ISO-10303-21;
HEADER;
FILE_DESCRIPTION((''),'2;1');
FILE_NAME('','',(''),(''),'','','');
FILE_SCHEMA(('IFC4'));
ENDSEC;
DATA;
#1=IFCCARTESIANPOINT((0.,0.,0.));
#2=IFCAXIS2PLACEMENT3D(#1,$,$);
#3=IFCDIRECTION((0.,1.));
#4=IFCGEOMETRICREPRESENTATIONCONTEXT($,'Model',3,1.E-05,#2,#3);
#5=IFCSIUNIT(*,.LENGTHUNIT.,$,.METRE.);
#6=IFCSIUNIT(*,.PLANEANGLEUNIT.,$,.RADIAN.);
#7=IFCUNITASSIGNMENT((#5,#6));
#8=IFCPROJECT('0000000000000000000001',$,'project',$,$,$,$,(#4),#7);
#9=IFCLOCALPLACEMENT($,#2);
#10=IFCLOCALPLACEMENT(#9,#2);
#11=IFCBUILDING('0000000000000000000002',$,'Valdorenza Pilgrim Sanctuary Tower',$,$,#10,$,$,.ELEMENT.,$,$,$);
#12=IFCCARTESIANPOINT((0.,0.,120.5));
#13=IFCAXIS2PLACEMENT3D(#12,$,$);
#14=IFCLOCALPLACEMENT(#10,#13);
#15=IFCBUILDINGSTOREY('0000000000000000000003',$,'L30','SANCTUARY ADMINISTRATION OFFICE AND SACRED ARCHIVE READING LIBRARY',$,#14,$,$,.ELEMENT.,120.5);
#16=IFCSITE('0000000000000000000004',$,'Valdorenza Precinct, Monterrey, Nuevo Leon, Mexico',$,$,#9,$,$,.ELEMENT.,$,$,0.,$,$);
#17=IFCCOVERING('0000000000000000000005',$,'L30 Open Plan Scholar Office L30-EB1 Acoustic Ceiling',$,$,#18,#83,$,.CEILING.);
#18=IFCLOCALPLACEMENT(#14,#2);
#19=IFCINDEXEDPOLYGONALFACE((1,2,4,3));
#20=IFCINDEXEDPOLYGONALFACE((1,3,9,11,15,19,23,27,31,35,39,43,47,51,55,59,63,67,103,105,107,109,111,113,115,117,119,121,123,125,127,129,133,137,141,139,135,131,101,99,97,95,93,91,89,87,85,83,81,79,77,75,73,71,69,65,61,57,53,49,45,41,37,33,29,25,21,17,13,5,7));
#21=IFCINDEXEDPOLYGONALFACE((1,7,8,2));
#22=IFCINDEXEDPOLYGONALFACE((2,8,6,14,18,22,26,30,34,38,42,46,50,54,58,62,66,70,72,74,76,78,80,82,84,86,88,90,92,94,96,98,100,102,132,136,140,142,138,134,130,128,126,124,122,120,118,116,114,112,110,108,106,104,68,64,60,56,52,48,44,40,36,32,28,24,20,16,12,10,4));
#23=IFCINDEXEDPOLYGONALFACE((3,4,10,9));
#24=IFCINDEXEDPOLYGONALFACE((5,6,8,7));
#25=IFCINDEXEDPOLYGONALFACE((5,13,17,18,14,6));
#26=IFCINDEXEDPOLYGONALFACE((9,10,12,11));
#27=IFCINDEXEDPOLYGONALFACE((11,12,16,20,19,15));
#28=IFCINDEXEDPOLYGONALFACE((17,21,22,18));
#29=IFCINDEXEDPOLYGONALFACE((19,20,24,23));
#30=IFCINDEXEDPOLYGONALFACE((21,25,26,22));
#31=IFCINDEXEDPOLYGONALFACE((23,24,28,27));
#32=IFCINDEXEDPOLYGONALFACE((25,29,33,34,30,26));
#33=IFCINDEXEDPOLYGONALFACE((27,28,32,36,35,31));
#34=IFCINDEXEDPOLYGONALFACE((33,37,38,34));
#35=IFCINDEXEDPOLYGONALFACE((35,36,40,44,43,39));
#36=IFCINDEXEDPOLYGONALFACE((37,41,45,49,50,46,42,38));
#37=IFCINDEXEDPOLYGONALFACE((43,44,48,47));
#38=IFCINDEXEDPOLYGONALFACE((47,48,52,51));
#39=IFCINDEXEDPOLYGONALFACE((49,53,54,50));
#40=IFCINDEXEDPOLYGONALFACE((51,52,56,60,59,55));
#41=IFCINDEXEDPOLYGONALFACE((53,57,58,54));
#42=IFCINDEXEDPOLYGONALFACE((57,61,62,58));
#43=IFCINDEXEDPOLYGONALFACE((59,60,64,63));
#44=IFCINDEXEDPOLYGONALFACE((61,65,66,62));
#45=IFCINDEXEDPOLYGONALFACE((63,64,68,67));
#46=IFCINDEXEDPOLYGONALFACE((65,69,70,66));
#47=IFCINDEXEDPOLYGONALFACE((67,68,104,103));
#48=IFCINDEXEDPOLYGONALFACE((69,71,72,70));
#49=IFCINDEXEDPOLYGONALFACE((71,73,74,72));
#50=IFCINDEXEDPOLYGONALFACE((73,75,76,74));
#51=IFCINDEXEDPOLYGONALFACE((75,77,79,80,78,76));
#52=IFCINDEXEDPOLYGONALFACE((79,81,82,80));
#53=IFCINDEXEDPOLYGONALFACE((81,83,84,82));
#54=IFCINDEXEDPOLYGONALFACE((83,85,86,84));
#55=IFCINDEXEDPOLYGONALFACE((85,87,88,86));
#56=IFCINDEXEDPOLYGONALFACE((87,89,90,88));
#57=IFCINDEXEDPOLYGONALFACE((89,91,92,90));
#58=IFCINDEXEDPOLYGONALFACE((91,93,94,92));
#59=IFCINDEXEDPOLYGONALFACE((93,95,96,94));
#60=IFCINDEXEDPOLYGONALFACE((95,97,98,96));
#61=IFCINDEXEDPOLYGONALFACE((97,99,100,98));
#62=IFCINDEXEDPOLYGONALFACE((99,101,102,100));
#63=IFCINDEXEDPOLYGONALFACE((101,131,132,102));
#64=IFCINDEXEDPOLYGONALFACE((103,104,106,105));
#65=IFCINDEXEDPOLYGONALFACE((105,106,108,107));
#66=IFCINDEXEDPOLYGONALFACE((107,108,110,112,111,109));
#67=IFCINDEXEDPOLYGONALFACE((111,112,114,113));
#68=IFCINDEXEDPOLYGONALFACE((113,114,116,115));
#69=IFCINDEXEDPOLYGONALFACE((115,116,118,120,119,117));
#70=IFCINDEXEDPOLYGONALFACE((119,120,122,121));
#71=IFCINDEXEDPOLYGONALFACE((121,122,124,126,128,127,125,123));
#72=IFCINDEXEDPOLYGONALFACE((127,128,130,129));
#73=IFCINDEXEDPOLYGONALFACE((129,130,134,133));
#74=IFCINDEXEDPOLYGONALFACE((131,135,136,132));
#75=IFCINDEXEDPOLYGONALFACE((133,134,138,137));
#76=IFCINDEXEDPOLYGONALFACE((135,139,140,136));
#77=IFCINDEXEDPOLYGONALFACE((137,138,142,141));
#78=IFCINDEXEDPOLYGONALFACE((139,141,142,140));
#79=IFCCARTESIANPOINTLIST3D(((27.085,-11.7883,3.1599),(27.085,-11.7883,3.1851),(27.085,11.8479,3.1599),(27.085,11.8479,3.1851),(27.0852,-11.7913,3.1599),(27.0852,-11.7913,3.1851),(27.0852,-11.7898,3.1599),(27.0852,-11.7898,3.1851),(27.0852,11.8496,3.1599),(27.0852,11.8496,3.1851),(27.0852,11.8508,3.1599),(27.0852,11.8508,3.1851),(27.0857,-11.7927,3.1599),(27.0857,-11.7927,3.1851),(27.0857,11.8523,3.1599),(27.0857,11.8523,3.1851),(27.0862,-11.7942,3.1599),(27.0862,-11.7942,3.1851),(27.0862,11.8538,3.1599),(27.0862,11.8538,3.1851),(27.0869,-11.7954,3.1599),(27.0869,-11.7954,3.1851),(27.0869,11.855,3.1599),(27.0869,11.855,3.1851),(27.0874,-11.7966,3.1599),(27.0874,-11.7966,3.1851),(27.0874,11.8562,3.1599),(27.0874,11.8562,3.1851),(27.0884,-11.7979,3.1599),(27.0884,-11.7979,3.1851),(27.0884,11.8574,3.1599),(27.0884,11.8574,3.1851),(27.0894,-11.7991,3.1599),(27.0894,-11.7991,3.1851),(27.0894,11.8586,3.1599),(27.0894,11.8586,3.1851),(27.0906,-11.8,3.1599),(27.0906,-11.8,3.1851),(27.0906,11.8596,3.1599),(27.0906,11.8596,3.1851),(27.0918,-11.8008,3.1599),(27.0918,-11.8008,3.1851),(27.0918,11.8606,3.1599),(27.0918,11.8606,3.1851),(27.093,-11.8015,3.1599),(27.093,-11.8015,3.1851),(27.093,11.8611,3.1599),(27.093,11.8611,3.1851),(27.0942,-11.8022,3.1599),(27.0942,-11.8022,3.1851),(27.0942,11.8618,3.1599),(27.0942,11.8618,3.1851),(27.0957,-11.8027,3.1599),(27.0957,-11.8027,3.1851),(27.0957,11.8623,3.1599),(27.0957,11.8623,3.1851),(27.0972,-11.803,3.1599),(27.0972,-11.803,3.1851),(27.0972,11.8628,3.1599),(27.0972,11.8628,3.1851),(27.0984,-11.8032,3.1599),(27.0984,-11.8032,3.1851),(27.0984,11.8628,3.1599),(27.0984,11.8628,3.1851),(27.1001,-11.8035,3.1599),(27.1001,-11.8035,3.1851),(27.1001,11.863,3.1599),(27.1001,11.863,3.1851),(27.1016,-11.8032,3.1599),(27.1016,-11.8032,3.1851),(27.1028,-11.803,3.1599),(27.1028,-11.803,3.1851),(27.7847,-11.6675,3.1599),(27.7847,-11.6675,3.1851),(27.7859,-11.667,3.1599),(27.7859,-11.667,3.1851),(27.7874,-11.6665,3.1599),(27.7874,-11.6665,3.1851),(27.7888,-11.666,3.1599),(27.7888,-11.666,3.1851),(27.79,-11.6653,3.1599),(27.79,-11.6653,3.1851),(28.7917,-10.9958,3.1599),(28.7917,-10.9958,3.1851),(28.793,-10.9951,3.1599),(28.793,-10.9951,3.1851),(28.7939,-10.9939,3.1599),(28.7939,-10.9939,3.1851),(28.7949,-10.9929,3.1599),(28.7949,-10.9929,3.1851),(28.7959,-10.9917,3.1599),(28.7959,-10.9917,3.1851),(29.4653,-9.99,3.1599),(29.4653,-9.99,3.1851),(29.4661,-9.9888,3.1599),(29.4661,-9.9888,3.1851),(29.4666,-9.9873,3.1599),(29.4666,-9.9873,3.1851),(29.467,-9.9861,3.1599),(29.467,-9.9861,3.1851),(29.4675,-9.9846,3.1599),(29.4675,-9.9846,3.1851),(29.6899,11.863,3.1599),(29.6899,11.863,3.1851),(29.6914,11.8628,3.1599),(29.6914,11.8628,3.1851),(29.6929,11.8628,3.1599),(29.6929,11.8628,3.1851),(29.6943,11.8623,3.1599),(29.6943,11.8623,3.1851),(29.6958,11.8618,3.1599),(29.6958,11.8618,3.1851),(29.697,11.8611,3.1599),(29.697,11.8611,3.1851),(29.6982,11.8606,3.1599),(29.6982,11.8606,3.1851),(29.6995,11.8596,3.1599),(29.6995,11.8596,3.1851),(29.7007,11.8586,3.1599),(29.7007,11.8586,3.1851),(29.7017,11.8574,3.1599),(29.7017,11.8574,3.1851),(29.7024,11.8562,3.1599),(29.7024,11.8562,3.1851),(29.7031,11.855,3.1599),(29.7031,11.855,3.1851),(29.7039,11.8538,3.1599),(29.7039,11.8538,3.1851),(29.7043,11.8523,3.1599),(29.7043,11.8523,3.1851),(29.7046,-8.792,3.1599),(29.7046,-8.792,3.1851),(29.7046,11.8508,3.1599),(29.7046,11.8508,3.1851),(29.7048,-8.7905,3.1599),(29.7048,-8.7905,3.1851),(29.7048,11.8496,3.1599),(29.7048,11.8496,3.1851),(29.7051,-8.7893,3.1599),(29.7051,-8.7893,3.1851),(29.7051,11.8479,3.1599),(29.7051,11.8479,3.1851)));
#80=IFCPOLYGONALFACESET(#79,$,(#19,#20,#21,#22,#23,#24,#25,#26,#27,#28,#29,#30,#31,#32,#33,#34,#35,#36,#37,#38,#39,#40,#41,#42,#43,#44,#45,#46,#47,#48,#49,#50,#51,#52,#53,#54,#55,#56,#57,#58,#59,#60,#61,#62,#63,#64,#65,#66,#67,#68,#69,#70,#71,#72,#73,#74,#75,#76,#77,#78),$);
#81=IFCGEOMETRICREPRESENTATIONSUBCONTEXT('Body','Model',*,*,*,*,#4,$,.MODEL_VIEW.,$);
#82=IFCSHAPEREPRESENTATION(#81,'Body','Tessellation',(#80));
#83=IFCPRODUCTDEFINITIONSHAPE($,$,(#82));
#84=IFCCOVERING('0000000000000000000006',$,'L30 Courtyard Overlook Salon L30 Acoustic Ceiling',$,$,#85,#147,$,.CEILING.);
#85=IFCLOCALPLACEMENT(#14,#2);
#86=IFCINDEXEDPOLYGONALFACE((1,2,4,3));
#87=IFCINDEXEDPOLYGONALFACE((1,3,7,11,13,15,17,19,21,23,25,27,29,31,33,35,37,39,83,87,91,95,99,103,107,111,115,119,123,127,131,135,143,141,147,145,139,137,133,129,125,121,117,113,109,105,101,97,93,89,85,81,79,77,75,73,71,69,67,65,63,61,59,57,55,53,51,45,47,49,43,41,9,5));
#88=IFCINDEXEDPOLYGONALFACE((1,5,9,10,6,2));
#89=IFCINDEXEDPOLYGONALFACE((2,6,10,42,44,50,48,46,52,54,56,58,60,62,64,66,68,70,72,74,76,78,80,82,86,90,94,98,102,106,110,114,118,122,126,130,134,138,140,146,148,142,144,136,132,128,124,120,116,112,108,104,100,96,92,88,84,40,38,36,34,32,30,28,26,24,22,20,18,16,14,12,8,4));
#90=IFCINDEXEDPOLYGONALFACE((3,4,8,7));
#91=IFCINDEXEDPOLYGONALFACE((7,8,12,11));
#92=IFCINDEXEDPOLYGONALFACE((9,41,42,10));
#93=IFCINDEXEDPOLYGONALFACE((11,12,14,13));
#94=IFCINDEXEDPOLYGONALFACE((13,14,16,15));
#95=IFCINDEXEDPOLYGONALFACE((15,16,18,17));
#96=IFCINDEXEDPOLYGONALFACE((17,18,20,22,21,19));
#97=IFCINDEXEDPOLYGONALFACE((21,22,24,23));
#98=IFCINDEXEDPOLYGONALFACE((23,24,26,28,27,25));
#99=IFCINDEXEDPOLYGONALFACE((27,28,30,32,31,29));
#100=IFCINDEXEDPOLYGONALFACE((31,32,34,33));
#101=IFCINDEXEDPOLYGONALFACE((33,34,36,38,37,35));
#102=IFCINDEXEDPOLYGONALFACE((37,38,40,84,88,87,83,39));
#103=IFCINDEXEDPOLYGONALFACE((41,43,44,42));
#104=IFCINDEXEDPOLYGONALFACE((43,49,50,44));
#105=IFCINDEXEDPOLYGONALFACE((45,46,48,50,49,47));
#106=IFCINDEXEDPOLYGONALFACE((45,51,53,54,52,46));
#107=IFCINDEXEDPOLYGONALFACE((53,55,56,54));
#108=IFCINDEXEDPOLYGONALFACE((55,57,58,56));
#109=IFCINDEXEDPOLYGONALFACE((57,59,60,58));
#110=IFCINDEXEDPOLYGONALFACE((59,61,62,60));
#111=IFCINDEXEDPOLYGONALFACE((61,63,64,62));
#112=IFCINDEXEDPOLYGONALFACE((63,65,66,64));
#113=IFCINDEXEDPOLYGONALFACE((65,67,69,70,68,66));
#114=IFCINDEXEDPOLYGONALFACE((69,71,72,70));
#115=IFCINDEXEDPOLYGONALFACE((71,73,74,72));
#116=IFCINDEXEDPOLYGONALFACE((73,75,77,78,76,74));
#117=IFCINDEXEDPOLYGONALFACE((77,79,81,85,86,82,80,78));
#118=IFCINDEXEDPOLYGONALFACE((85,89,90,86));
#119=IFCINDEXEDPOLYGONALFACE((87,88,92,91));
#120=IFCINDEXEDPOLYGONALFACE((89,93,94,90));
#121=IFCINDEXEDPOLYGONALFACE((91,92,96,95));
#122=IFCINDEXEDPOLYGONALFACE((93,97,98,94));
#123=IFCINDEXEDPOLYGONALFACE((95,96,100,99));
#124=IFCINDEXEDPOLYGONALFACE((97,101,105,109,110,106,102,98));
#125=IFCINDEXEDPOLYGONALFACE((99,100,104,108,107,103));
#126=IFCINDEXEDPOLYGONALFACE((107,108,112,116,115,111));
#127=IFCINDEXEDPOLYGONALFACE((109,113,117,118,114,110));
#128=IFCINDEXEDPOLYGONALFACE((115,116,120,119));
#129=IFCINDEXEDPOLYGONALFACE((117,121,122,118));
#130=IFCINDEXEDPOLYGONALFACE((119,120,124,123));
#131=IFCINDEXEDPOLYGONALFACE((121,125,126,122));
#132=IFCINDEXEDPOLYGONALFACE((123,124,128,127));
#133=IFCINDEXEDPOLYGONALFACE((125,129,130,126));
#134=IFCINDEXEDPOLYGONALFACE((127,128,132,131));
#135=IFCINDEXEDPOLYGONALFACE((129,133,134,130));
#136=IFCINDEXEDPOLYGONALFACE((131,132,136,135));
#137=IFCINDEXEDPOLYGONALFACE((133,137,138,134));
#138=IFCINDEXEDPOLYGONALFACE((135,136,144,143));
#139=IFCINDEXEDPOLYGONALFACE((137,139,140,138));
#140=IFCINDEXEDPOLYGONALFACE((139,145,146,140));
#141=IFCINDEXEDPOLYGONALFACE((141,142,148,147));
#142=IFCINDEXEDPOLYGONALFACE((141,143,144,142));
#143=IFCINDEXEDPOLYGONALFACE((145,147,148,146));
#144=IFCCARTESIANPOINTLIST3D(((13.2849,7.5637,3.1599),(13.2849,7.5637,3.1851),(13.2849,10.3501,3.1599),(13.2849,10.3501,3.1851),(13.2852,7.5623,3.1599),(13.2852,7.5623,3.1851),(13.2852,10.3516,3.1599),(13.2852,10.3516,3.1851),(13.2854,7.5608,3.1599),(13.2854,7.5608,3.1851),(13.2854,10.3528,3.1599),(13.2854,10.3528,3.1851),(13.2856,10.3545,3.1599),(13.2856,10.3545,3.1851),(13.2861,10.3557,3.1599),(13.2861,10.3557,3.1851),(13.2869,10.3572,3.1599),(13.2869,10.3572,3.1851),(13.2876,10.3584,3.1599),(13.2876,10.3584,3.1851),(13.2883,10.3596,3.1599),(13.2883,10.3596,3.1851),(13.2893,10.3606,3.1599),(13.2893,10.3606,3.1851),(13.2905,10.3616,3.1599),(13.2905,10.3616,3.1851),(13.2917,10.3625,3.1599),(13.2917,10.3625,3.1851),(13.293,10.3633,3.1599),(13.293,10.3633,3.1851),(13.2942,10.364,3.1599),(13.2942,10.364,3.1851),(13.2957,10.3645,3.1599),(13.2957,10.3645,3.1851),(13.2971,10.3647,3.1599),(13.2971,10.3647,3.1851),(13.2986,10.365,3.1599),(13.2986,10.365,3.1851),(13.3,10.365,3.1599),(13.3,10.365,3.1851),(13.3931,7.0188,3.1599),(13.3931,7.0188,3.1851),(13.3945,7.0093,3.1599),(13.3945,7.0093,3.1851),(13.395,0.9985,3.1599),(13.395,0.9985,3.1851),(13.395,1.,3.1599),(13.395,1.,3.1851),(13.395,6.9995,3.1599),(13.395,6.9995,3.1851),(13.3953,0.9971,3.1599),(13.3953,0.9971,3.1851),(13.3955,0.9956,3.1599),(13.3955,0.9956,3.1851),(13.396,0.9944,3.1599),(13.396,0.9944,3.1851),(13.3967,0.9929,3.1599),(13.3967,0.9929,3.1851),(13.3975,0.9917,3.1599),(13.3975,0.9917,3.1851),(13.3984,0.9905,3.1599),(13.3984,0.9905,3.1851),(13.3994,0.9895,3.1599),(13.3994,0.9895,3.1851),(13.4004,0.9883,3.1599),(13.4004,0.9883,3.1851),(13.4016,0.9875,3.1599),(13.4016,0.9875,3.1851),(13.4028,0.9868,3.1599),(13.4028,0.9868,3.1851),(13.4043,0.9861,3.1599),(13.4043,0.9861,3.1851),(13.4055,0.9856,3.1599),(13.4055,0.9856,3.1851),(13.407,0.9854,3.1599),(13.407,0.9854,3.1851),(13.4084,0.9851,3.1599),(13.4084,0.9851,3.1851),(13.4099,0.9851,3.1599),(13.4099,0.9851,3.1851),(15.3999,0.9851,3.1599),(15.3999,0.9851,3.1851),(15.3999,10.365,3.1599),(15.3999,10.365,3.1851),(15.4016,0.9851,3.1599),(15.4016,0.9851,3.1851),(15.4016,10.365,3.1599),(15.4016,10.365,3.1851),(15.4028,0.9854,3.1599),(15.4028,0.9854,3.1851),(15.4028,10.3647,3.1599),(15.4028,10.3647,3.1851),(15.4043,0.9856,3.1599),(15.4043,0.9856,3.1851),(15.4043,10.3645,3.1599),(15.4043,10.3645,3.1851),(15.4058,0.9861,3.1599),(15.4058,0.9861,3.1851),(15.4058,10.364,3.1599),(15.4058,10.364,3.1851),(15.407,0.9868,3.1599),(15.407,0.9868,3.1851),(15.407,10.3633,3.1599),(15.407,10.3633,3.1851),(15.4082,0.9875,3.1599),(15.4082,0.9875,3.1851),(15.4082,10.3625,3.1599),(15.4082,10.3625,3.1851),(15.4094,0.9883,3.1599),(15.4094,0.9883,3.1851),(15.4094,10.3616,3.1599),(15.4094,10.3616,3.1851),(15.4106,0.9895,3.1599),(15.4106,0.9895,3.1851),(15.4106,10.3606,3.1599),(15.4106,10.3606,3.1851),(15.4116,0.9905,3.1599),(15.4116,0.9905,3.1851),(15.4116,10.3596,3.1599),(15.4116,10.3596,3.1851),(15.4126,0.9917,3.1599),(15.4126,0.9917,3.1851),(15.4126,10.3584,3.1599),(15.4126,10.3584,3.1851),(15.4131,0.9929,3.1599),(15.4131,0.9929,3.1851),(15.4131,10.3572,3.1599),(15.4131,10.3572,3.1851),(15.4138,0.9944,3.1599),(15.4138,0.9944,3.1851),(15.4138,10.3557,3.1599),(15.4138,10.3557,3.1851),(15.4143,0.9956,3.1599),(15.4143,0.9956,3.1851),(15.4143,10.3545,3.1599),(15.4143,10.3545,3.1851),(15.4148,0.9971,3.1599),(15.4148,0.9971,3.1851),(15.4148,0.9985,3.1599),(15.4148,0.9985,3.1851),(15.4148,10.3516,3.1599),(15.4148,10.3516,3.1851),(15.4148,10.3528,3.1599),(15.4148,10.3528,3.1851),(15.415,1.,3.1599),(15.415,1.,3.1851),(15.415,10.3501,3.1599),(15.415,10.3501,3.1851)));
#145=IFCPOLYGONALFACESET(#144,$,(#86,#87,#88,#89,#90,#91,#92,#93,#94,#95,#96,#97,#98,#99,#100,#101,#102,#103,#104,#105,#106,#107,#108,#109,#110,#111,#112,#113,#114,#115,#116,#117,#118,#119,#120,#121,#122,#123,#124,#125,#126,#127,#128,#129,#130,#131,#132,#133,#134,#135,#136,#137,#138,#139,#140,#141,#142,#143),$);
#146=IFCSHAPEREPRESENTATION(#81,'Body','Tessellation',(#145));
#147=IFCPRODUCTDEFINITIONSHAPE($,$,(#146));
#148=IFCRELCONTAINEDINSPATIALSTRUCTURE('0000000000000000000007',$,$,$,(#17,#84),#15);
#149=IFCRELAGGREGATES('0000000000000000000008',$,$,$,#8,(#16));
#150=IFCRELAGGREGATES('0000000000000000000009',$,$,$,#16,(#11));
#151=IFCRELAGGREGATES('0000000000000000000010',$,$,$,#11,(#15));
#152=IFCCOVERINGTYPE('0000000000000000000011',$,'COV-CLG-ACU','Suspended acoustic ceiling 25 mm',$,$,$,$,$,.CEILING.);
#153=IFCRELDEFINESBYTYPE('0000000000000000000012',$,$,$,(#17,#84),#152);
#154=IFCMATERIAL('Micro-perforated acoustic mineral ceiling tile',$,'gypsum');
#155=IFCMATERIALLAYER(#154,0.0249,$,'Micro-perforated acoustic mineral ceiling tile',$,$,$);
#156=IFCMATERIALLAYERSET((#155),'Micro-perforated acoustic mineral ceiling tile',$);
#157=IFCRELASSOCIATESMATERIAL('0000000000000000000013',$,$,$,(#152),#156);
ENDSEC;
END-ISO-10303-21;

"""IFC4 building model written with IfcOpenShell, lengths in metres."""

from ifc_helpers import new_model, si_unit, direction, frame, origin, place, context, subcontext, project, spatial, polyline, outline, extrude, material, layer, layer_set, type_object, element, save


model = new_model("IFC4")

# Units and contexts
model_context = context("Model", 3, precision=1e-05, world=origin(), true_north=direction((0.0, 1.0)))
body_context = subcontext(model_context, "Body", "Model", "MODEL_VIEW")
ifc_project = project(units=[si_unit("LENGTHUNIT", "METRE"), si_unit("PLANEANGLEUNIT", "RADIAN")], contexts=[model_context])

# Site, building, storey
site_placement = place(None, origin())
site = spatial("IfcSite", under=ifc_project, at=site_placement, Name="Valdorenza Precinct, Monterrey, Nuevo Leon, Mexico", CompositionType="ELEMENT", RefElevation=0.0)
building_placement = place(site_placement, origin())
building = spatial("IfcBuilding", under=site, at=building_placement, Name="Valdorenza Pilgrim Sanctuary Tower", CompositionType="ELEMENT")
storey_placement = place(building_placement, frame((0.0, 0.0, 120.5)))
storey = spatial("IfcBuildingStorey", under=building, at=storey_placement, Name="L30", Description="SANCTUARY ADMINISTRATION OFFICE AND SACRED ARCHIVE READING LIBRARY", CompositionType="ELEMENT", Elevation=120.5)

# Coverings
ifc_material_1 = material(Name="Micro-perforated acoustic mineral ceiling tile", Category="gypsum")
ifc_layer_1 = layer(ifc_material_1, 0.0249, Name="Micro-perforated acoustic mineral ceiling tile")
ifc_layer_set_1 = layer_set([ifc_layer_1], Name="Micro-perforated acoustic mineral ceiling tile")
covering_type_1 = type_object("IfcCoveringType", Name="COV-CLG-ACU", Description="Suspended acoustic ceiling 25 mm", PredefinedType="CEILING", material=ifc_layer_set_1)
covering_1_placement = place(storey_placement, frame((0.0, 0.0, 3.1599)))
element("IfcCovering", 1, at=covering_1_placement, inside=storey, type_object=covering_type_1, Name="L30 Open Plan Scholar Office L30-EB1 Acoustic Ceiling", PredefinedType="CEILING", context=body_context, shape_type="SweptSolid", body=[
    extrude(outline(polyline([(29.7051, -8.7893), (29.7048, -8.7905), (29.7046, -8.792), (29.4675, -9.9846), (29.467, -9.9861), (29.4666, -9.9873), (29.4661, -9.9888), (29.4653, -9.99), (28.7959, -10.9917), (28.7949, -10.9929), (28.7939, -10.9939), (28.793, -10.9951), (28.7917, -10.9958), (27.79, -11.6653), (27.7888, -11.666), (27.7874, -11.6665), (27.7859, -11.667), (27.7847, -11.6675), (27.1028, -11.803), (27.1016, -11.8032), (27.1001, -11.8035), (27.0984, -11.8032), (27.0972, -11.803), (27.0957, -11.8027), (27.0942, -11.8022), (27.093, -11.8015), (27.0918, -11.8008), (27.0906, -11.8), (27.0894, -11.7991), (27.0884, -11.7979), (27.0874, -11.7966), (27.0869, -11.7954), (27.0862, -11.7942), (27.0857, -11.7927), (27.0852, -11.7913), (27.0852, -11.7898), (27.085, -11.7883), (27.085, 11.8479), (27.0852, 11.8496), (27.0852, 11.8508), (27.0857, 11.8523), (27.0862, 11.8538), (27.0869, 11.855), (27.0874, 11.8562), (27.0884, 11.8574), (27.0894, 11.8586), (27.0906, 11.8596), (27.0918, 11.8606), (27.093, 11.8611), (27.0942, 11.8618), (27.0957, 11.8623), (27.0972, 11.8628), (27.0984, 11.8628), (27.1001, 11.863), (29.6899, 11.863), (29.6914, 11.8628), (29.6929, 11.8628), (29.6943, 11.8623), (29.6958, 11.8618), (29.697, 11.8611), (29.6982, 11.8606), (29.6995, 11.8596), (29.7007, 11.8586), (29.7017, 11.8574), (29.7024, 11.8562), (29.7031, 11.855), (29.7039, 11.8538), (29.7043, 11.8523), (29.7046, 11.8508), (29.7048, 11.8496), (29.7051, 11.8479), (29.7051, -8.7893)])), origin(), (0.0, 0.0, 1.0), 0.0251),
])
covering_2_placement = place(storey_placement, frame((0.0, 0.0, 3.1599)))
element("IfcCovering", 2, at=covering_2_placement, inside=storey, type_object=covering_type_1, Name="L30 Courtyard Overlook Salon L30 Acoustic Ceiling", PredefinedType="CEILING", context=body_context, shape_type="SweptSolid", body=[
    extrude(outline(polyline([(15.3999, 10.365), (15.4016, 10.365), (15.4028, 10.3647), (15.4043, 10.3645), (15.4058, 10.364), (15.407, 10.3633), (15.4082, 10.3625), (15.4094, 10.3616), (15.4106, 10.3606), (15.4116, 10.3596), (15.4126, 10.3584), (15.4131, 10.3572), (15.4138, 10.3557), (15.4143, 10.3545), (15.4148, 10.3528), (15.4148, 10.3516), (15.415, 10.3501), (15.415, 1.0), (15.4148, 0.9985), (15.4148, 0.9971), (15.4143, 0.9956), (15.4138, 0.9944), (15.4131, 0.9929), (15.4126, 0.9917), (15.4116, 0.9905), (15.4106, 0.9895), (15.4094, 0.9883), (15.4082, 0.9875), (15.407, 0.9868), (15.4058, 0.9861), (15.4043, 0.9856), (15.4028, 0.9854), (15.4016, 0.9851), (15.3999, 0.9851), (13.4099, 0.9851), (13.4084, 0.9851), (13.407, 0.9854), (13.4055, 0.9856), (13.4043, 0.9861), (13.4028, 0.9868), (13.4016, 0.9875), (13.4004, 0.9883), (13.3994, 0.9895), (13.3984, 0.9905), (13.3975, 0.9917), (13.3967, 0.9929), (13.396, 0.9944), (13.3955, 0.9956), (13.3953, 0.9971), (13.395, 0.9985), (13.395, 1.0), (13.395, 6.9995), (13.3945, 7.0093), (13.3931, 7.0188), (13.2854, 7.5608), (13.2852, 7.5623), (13.2849, 7.5637), (13.2849, 10.3501), (13.2852, 10.3516), (13.2854, 10.3528), (13.2856, 10.3545), (13.2861, 10.3557), (13.2869, 10.3572), (13.2876, 10.3584), (13.2883, 10.3596), (13.2893, 10.3606), (13.2905, 10.3616), (13.2917, 10.3625), (13.293, 10.3633), (13.2942, 10.364), (13.2957, 10.3645), (13.2971, 10.3647), (13.2986, 10.365), (13.3, 10.365), (15.3999, 10.365)])), origin(), (0.0, 0.0, 1.0), 0.0251),
])

save(model, "model.ifc")
